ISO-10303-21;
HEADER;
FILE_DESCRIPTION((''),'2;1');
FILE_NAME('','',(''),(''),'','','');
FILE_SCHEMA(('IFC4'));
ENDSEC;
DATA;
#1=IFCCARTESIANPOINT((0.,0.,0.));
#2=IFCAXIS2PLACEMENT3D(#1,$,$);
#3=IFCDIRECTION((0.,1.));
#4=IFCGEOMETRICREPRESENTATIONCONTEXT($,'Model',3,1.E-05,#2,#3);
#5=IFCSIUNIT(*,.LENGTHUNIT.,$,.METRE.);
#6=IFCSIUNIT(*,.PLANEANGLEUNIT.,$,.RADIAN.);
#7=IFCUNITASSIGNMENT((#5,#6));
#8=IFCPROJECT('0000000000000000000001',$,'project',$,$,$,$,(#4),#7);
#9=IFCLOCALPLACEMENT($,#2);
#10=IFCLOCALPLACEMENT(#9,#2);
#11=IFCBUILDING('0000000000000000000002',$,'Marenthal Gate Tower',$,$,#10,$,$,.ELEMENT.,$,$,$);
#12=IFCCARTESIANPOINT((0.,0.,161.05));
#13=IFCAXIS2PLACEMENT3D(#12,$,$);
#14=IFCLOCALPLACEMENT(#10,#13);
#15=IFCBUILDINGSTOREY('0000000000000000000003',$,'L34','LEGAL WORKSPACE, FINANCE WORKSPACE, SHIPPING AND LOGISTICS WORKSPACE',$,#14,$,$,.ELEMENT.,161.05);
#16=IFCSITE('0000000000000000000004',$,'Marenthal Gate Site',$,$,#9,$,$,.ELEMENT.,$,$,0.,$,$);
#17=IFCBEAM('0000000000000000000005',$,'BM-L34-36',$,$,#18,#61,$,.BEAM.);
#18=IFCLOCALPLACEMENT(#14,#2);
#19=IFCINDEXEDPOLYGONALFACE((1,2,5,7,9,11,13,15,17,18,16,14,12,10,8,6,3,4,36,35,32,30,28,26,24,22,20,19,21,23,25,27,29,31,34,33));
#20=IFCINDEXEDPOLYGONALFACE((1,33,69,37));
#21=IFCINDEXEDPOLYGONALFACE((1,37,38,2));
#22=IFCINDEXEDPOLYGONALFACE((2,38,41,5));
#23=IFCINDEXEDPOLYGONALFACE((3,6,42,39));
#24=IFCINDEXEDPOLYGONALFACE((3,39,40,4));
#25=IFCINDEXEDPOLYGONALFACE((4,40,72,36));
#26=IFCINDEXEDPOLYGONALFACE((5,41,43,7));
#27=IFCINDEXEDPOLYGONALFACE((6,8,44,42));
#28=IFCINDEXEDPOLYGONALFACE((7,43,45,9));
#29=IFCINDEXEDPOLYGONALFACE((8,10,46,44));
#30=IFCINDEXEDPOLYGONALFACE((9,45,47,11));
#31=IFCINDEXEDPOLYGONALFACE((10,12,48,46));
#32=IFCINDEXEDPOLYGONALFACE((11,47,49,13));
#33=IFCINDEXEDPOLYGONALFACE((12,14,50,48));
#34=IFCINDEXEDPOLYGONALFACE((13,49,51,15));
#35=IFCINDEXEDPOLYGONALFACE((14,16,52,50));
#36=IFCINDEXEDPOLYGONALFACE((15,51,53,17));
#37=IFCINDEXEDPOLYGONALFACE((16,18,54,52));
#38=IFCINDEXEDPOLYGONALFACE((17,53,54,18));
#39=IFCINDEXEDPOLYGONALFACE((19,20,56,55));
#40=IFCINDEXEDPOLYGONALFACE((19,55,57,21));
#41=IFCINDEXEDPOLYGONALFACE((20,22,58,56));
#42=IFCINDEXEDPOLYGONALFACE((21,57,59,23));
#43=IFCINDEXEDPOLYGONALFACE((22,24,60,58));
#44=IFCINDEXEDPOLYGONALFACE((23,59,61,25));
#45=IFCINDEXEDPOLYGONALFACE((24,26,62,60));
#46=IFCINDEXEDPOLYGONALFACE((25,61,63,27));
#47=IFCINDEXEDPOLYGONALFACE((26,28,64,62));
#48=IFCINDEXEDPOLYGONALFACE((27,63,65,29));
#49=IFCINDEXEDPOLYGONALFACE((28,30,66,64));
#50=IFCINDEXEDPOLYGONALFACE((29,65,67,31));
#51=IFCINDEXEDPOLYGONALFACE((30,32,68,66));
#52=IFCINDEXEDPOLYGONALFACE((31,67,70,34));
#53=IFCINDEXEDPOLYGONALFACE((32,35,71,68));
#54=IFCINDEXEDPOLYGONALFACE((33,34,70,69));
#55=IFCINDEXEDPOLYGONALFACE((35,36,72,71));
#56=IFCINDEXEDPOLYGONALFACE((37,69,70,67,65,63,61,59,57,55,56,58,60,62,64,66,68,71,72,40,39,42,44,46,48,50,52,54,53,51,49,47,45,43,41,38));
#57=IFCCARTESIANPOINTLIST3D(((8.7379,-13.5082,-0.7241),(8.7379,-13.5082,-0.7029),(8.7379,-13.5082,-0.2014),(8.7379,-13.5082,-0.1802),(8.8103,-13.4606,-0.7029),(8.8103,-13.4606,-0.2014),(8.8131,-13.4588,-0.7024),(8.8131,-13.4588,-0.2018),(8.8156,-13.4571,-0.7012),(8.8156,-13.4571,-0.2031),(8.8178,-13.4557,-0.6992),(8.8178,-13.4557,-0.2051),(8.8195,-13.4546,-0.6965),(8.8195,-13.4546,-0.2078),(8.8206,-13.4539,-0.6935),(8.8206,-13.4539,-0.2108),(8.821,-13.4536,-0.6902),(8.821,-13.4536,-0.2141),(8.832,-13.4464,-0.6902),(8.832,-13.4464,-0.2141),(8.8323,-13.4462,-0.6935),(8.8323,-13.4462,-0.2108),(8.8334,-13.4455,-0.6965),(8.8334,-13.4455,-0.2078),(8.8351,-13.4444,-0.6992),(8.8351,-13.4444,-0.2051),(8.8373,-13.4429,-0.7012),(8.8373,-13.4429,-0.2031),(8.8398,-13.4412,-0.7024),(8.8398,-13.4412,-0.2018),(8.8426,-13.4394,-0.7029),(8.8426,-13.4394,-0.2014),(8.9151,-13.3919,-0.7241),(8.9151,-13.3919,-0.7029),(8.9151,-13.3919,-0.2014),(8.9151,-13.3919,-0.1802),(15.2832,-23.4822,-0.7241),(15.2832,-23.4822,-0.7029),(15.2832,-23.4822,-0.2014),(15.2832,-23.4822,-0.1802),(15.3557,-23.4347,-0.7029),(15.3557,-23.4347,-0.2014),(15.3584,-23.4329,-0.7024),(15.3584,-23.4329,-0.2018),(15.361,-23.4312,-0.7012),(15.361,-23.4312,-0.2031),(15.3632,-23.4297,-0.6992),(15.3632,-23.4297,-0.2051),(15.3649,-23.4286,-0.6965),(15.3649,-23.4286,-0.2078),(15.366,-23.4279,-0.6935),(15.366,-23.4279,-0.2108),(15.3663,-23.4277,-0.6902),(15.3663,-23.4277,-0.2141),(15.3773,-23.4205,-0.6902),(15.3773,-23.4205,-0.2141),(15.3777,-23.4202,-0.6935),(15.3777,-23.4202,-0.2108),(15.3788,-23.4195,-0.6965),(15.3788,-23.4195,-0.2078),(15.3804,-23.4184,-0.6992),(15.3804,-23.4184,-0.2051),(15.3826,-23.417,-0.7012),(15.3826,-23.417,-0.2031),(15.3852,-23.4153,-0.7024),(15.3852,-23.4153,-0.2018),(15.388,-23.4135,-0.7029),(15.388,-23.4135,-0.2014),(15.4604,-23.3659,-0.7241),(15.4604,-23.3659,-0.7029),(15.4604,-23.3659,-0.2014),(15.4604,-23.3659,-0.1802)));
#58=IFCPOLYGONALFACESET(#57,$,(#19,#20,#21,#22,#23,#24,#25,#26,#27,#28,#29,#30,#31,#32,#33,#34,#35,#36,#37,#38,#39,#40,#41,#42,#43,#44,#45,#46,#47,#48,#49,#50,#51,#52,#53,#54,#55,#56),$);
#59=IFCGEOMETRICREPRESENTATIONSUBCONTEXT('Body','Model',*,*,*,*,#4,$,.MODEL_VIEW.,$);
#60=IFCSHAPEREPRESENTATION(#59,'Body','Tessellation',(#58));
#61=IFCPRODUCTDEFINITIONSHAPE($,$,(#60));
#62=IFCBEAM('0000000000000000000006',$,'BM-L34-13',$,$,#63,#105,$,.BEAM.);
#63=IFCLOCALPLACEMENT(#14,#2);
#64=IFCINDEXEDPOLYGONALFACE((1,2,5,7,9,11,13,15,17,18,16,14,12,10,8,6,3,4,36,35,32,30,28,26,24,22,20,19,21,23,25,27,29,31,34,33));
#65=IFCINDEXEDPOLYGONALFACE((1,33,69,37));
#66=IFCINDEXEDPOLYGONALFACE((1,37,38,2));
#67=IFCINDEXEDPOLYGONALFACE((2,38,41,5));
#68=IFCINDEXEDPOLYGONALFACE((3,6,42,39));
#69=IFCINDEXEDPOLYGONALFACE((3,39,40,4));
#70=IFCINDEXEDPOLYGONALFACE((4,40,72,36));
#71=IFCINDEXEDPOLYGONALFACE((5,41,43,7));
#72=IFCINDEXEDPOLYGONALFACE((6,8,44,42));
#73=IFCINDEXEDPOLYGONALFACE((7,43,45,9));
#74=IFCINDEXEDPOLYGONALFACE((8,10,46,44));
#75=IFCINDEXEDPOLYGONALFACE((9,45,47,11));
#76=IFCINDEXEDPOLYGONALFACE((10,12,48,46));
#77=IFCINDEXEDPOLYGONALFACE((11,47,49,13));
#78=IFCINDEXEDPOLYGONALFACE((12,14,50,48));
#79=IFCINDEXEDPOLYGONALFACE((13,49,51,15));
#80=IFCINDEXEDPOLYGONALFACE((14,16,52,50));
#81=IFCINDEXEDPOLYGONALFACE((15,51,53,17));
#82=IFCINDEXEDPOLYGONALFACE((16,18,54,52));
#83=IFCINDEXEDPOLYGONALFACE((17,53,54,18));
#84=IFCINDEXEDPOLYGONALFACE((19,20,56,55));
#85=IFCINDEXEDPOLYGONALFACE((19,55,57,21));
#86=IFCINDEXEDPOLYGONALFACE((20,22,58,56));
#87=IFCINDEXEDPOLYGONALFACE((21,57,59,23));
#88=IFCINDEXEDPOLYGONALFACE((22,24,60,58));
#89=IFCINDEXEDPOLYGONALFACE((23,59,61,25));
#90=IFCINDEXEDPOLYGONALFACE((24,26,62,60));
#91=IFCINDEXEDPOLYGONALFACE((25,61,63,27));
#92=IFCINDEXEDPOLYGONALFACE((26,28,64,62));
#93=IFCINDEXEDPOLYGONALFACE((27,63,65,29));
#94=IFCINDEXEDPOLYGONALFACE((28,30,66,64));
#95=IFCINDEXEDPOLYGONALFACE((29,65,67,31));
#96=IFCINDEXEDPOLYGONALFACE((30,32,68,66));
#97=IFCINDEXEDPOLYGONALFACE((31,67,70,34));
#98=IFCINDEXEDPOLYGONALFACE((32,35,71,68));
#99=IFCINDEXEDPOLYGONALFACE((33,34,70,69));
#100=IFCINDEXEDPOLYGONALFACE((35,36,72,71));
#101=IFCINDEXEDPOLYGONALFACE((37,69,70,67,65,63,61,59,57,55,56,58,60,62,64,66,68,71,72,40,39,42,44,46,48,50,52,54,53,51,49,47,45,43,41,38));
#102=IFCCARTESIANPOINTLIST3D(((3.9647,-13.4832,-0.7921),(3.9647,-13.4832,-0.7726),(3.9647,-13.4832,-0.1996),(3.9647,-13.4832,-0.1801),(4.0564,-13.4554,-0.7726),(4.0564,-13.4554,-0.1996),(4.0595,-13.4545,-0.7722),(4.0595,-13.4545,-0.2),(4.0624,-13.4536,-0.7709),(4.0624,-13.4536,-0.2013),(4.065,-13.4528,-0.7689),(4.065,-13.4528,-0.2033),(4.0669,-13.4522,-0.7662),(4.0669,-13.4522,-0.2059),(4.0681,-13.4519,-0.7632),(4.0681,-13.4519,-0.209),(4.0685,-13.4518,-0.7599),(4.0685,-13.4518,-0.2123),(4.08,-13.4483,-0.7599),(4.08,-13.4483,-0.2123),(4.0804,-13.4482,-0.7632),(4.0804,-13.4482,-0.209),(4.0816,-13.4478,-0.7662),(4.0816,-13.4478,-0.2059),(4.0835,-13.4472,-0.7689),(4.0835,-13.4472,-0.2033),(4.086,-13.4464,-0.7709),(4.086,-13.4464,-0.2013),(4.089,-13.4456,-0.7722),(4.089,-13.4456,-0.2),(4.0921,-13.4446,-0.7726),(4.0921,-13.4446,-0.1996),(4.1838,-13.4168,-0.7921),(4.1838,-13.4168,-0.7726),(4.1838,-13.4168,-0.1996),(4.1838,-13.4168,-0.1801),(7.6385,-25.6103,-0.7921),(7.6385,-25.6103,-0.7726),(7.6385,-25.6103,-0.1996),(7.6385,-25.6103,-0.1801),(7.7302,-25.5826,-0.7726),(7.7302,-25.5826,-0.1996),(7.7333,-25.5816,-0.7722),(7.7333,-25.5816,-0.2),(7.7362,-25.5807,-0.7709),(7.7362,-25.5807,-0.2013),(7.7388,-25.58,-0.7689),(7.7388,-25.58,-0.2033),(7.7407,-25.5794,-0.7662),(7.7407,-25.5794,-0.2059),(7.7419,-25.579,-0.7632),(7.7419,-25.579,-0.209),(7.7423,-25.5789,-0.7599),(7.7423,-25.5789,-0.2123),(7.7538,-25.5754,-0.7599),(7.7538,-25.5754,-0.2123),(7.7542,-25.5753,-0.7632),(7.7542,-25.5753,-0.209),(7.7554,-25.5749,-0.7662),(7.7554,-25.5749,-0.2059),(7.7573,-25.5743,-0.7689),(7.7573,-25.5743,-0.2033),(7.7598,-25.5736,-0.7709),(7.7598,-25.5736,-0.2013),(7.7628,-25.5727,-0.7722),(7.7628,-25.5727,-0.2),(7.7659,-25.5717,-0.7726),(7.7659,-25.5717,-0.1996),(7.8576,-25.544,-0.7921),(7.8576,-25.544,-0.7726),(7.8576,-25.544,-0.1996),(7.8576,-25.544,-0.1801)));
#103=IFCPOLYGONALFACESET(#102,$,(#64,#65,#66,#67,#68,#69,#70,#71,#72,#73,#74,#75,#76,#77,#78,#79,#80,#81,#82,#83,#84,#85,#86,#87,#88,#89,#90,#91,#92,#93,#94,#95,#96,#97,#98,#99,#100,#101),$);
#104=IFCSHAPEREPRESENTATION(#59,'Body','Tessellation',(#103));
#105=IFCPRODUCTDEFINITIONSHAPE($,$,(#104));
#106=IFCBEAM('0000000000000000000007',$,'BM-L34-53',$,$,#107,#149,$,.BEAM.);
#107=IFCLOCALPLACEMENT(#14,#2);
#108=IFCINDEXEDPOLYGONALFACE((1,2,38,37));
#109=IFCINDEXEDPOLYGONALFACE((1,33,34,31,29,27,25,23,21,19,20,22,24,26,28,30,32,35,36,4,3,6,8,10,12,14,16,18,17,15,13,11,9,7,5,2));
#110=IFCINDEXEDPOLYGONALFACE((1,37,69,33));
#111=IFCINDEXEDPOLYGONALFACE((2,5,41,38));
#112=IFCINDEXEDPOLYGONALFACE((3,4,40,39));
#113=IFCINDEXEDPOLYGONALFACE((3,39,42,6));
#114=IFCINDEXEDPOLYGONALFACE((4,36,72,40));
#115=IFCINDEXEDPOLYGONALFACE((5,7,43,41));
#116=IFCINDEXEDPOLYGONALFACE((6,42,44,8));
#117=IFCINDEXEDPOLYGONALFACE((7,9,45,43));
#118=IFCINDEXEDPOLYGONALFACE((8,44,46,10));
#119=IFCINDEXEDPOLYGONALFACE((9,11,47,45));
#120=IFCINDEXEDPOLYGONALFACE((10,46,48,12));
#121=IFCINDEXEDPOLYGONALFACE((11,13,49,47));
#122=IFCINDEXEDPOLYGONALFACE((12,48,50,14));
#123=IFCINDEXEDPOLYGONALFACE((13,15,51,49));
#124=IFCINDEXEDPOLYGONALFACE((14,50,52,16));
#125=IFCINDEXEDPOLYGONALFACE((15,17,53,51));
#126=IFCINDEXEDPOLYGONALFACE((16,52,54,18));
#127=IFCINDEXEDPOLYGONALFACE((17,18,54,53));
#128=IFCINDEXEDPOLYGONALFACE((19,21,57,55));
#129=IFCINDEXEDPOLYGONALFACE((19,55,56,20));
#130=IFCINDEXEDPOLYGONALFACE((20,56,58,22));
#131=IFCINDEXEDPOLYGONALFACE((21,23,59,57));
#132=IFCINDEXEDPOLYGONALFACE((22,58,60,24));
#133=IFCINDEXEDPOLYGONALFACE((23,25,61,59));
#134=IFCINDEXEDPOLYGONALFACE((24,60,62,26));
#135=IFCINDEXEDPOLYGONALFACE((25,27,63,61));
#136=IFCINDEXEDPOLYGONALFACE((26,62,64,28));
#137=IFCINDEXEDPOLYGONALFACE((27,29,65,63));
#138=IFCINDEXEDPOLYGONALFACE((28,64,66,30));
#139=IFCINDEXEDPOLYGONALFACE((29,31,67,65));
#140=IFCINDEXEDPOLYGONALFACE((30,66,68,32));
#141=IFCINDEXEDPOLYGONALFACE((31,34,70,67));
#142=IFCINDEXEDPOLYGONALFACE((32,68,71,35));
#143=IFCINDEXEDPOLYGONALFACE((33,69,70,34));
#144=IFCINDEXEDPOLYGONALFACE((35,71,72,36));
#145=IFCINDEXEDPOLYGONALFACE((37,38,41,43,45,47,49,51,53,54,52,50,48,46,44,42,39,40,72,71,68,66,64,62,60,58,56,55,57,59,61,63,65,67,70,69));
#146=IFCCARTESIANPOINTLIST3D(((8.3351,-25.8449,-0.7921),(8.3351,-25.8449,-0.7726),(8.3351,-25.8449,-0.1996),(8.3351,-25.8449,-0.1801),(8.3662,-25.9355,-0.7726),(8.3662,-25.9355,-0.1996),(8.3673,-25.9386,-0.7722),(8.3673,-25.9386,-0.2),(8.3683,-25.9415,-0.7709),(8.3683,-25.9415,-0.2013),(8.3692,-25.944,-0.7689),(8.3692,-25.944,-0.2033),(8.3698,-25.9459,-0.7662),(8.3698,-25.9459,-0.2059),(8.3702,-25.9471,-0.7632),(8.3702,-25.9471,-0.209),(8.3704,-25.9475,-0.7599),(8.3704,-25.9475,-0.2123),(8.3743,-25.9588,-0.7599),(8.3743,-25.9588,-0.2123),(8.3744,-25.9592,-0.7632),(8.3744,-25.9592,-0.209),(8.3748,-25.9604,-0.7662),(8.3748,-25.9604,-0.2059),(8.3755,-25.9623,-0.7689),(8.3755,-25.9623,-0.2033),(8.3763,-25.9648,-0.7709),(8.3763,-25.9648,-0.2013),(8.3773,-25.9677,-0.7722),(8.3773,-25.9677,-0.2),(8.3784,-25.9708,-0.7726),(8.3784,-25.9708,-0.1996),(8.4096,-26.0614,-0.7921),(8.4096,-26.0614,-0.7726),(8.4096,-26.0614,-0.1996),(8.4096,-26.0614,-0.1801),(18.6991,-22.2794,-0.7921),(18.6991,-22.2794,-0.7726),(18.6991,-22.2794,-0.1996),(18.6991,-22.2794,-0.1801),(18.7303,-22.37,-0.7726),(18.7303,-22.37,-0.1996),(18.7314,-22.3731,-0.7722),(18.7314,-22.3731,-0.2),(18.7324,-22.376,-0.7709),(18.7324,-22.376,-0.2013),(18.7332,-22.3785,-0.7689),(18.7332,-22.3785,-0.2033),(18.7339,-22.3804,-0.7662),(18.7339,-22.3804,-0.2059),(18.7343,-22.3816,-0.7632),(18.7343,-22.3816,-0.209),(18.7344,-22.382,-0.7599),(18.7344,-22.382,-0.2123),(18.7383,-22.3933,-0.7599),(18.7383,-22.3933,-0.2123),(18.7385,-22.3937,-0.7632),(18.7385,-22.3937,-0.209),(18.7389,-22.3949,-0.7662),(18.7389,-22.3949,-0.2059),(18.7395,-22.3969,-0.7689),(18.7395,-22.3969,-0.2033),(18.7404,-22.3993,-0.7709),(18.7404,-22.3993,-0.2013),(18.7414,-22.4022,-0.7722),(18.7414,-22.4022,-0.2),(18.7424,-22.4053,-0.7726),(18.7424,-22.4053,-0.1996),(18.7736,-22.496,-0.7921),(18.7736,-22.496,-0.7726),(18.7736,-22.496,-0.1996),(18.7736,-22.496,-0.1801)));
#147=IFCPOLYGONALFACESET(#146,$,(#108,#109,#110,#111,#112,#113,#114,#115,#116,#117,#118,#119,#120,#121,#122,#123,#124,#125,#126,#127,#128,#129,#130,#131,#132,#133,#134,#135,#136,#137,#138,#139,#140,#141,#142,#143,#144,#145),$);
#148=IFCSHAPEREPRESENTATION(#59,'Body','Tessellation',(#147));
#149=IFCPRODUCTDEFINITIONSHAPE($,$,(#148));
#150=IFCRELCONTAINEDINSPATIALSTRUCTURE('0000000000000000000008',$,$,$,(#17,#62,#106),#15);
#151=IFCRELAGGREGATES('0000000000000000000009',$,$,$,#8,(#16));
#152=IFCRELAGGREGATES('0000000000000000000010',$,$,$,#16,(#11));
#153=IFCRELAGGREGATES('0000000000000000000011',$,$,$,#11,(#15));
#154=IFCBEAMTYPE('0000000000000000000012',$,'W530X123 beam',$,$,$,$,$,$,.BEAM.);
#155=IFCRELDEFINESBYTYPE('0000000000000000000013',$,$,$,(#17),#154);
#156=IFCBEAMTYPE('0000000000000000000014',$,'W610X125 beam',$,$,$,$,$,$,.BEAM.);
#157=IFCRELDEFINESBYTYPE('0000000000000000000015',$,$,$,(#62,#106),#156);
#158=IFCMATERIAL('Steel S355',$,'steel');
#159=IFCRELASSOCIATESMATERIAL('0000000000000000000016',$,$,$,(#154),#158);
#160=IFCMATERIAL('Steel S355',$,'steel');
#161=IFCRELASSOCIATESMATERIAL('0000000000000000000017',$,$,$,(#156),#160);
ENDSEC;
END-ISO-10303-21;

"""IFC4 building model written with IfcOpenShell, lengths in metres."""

from ifc_helpers import new_model, si_unit, direction, frame, origin, origin_2d, place, context, subcontext, project, spatial, i_section, extrude, material, material_profile, profile_set, type_object, element, save


model = new_model("IFC4")

# Units and contexts
model_context = context("Model", 3, precision=1e-05, world=origin(), true_north=direction((0.0, 1.0)))
body_context = subcontext(model_context, "Body", "Model", "MODEL_VIEW")
ifc_project = project(units=[si_unit("LENGTHUNIT", "METRE"), si_unit("PLANEANGLEUNIT", "RADIAN")], contexts=[model_context])

# Site, building, storey
site_placement = place(None, origin())
site = spatial("IfcSite", under=ifc_project, at=site_placement, Name="Marenthal Gate Site", CompositionType="ELEMENT", RefElevation=0.0)
building_placement = place(site_placement, origin())
building = spatial("IfcBuilding", under=site, at=building_placement, Name="Marenthal Gate Tower", CompositionType="ELEMENT")
storey_placement = place(building_placement, frame((0.0, 0.0, 161.05)))
storey = spatial("IfcBuildingStorey", under=building, at=storey_placement, Name="L34", Description="LEGAL WORKSPACE, FINANCE WORKSPACE, SHIPPING AND LOGISTICS WORKSPACE", CompositionType="ELEMENT", Elevation=161.05)

# Beams
ifc_material_1 = material(Name="Steel S355", Category="steel")
ifc_material_profile_1 = material_profile(ifc_material_1, i_section(OverallWidth=0.2119, OverallDepth=0.5439, WebThickness=0.0132, FlangeThickness=0.0212, FilletRadius=0.0127, at=origin_2d()), Name="W530X123")
ifc_profile_set_1 = profile_set([ifc_material_profile_1], Name="Steel S355")
beam_type_1 = type_object("IfcBeamType", Name="W530X123 beam", PredefinedType="BEAM", material=ifc_profile_set_1)
beam_1_placement = place(storey_placement, frame((15.3718, -23.4241, -0.4521), z_axis=(-0.54865, 0.836052, 0.0), x_axis=(-0.836052, -0.54865, 0.0)))
element("IfcBeam", 1, at=beam_1_placement, inside=storey, type_object=beam_type_1, Name="BM-L34-36", PredefinedType="BEAM", context=body_context, shape_type="SweptSolid", body=[
    extrude(i_section(OverallWidth=0.2119, OverallDepth=0.5439, WebThickness=0.0132, FlangeThickness=0.0212, FilletRadius=0.0127, at=origin_2d()), origin(), (0.0, 0.0, 1.0), 11.9299),
])
ifc_material_2 = material(Name="Steel S355", Category="steel")
ifc_material_profile_2 = material_profile(ifc_material_2, i_section(OverallWidth=0.229, OverallDepth=0.6121, WebThickness=0.012, FlangeThickness=0.0195, FilletRadius=0.0127, at=origin_2d()), Name="W610X125")
ifc_profile_set_2 = profile_set([ifc_material_profile_2], Name="Steel S355")
beam_type_2 = type_object("IfcBeamType", Name="W610X125 beam", PredefinedType="BEAM", material=ifc_profile_set_2)
beam_2_placement = place(storey_placement, frame((7.748, -25.5771, -0.4861), z_axis=(-0.289929, 0.957048, 0.0), x_axis=(-0.957048, -0.289929, 0.0)))
element("IfcBeam", 2, at=beam_2_placement, inside=storey, type_object=beam_type_2, Name="BM-L34-13", PredefinedType="BEAM", context=body_context, shape_type="SweptSolid", body=[
    extrude(i_section(OverallWidth=0.229, OverallDepth=0.6121, WebThickness=0.012, FlangeThickness=0.0195, FilletRadius=0.0127, at=origin_2d()), origin(), (0.0, 0.0, 1.0), 12.6714),
])
beam_3_placement = place(storey_placement, frame((8.3723, -25.9531, -0.4861), z_axis=(0.945608, 0.325308, 0.0), x_axis=(-0.325308, 0.945608, 0.0)))
element("IfcBeam", 3, at=beam_3_placement, inside=storey, type_object=beam_type_2, Name="BM-L34-53", PredefinedType="BEAM", context=body_context, shape_type="SweptSolid", body=[
    extrude(i_section(OverallWidth=0.229, OverallDepth=0.6121, WebThickness=0.012, FlangeThickness=0.0195, FilletRadius=0.0127, at=origin_2d()), origin(), (0.0, 0.0, 1.0), 10.9602),
])

save(model, "model.ifc")
